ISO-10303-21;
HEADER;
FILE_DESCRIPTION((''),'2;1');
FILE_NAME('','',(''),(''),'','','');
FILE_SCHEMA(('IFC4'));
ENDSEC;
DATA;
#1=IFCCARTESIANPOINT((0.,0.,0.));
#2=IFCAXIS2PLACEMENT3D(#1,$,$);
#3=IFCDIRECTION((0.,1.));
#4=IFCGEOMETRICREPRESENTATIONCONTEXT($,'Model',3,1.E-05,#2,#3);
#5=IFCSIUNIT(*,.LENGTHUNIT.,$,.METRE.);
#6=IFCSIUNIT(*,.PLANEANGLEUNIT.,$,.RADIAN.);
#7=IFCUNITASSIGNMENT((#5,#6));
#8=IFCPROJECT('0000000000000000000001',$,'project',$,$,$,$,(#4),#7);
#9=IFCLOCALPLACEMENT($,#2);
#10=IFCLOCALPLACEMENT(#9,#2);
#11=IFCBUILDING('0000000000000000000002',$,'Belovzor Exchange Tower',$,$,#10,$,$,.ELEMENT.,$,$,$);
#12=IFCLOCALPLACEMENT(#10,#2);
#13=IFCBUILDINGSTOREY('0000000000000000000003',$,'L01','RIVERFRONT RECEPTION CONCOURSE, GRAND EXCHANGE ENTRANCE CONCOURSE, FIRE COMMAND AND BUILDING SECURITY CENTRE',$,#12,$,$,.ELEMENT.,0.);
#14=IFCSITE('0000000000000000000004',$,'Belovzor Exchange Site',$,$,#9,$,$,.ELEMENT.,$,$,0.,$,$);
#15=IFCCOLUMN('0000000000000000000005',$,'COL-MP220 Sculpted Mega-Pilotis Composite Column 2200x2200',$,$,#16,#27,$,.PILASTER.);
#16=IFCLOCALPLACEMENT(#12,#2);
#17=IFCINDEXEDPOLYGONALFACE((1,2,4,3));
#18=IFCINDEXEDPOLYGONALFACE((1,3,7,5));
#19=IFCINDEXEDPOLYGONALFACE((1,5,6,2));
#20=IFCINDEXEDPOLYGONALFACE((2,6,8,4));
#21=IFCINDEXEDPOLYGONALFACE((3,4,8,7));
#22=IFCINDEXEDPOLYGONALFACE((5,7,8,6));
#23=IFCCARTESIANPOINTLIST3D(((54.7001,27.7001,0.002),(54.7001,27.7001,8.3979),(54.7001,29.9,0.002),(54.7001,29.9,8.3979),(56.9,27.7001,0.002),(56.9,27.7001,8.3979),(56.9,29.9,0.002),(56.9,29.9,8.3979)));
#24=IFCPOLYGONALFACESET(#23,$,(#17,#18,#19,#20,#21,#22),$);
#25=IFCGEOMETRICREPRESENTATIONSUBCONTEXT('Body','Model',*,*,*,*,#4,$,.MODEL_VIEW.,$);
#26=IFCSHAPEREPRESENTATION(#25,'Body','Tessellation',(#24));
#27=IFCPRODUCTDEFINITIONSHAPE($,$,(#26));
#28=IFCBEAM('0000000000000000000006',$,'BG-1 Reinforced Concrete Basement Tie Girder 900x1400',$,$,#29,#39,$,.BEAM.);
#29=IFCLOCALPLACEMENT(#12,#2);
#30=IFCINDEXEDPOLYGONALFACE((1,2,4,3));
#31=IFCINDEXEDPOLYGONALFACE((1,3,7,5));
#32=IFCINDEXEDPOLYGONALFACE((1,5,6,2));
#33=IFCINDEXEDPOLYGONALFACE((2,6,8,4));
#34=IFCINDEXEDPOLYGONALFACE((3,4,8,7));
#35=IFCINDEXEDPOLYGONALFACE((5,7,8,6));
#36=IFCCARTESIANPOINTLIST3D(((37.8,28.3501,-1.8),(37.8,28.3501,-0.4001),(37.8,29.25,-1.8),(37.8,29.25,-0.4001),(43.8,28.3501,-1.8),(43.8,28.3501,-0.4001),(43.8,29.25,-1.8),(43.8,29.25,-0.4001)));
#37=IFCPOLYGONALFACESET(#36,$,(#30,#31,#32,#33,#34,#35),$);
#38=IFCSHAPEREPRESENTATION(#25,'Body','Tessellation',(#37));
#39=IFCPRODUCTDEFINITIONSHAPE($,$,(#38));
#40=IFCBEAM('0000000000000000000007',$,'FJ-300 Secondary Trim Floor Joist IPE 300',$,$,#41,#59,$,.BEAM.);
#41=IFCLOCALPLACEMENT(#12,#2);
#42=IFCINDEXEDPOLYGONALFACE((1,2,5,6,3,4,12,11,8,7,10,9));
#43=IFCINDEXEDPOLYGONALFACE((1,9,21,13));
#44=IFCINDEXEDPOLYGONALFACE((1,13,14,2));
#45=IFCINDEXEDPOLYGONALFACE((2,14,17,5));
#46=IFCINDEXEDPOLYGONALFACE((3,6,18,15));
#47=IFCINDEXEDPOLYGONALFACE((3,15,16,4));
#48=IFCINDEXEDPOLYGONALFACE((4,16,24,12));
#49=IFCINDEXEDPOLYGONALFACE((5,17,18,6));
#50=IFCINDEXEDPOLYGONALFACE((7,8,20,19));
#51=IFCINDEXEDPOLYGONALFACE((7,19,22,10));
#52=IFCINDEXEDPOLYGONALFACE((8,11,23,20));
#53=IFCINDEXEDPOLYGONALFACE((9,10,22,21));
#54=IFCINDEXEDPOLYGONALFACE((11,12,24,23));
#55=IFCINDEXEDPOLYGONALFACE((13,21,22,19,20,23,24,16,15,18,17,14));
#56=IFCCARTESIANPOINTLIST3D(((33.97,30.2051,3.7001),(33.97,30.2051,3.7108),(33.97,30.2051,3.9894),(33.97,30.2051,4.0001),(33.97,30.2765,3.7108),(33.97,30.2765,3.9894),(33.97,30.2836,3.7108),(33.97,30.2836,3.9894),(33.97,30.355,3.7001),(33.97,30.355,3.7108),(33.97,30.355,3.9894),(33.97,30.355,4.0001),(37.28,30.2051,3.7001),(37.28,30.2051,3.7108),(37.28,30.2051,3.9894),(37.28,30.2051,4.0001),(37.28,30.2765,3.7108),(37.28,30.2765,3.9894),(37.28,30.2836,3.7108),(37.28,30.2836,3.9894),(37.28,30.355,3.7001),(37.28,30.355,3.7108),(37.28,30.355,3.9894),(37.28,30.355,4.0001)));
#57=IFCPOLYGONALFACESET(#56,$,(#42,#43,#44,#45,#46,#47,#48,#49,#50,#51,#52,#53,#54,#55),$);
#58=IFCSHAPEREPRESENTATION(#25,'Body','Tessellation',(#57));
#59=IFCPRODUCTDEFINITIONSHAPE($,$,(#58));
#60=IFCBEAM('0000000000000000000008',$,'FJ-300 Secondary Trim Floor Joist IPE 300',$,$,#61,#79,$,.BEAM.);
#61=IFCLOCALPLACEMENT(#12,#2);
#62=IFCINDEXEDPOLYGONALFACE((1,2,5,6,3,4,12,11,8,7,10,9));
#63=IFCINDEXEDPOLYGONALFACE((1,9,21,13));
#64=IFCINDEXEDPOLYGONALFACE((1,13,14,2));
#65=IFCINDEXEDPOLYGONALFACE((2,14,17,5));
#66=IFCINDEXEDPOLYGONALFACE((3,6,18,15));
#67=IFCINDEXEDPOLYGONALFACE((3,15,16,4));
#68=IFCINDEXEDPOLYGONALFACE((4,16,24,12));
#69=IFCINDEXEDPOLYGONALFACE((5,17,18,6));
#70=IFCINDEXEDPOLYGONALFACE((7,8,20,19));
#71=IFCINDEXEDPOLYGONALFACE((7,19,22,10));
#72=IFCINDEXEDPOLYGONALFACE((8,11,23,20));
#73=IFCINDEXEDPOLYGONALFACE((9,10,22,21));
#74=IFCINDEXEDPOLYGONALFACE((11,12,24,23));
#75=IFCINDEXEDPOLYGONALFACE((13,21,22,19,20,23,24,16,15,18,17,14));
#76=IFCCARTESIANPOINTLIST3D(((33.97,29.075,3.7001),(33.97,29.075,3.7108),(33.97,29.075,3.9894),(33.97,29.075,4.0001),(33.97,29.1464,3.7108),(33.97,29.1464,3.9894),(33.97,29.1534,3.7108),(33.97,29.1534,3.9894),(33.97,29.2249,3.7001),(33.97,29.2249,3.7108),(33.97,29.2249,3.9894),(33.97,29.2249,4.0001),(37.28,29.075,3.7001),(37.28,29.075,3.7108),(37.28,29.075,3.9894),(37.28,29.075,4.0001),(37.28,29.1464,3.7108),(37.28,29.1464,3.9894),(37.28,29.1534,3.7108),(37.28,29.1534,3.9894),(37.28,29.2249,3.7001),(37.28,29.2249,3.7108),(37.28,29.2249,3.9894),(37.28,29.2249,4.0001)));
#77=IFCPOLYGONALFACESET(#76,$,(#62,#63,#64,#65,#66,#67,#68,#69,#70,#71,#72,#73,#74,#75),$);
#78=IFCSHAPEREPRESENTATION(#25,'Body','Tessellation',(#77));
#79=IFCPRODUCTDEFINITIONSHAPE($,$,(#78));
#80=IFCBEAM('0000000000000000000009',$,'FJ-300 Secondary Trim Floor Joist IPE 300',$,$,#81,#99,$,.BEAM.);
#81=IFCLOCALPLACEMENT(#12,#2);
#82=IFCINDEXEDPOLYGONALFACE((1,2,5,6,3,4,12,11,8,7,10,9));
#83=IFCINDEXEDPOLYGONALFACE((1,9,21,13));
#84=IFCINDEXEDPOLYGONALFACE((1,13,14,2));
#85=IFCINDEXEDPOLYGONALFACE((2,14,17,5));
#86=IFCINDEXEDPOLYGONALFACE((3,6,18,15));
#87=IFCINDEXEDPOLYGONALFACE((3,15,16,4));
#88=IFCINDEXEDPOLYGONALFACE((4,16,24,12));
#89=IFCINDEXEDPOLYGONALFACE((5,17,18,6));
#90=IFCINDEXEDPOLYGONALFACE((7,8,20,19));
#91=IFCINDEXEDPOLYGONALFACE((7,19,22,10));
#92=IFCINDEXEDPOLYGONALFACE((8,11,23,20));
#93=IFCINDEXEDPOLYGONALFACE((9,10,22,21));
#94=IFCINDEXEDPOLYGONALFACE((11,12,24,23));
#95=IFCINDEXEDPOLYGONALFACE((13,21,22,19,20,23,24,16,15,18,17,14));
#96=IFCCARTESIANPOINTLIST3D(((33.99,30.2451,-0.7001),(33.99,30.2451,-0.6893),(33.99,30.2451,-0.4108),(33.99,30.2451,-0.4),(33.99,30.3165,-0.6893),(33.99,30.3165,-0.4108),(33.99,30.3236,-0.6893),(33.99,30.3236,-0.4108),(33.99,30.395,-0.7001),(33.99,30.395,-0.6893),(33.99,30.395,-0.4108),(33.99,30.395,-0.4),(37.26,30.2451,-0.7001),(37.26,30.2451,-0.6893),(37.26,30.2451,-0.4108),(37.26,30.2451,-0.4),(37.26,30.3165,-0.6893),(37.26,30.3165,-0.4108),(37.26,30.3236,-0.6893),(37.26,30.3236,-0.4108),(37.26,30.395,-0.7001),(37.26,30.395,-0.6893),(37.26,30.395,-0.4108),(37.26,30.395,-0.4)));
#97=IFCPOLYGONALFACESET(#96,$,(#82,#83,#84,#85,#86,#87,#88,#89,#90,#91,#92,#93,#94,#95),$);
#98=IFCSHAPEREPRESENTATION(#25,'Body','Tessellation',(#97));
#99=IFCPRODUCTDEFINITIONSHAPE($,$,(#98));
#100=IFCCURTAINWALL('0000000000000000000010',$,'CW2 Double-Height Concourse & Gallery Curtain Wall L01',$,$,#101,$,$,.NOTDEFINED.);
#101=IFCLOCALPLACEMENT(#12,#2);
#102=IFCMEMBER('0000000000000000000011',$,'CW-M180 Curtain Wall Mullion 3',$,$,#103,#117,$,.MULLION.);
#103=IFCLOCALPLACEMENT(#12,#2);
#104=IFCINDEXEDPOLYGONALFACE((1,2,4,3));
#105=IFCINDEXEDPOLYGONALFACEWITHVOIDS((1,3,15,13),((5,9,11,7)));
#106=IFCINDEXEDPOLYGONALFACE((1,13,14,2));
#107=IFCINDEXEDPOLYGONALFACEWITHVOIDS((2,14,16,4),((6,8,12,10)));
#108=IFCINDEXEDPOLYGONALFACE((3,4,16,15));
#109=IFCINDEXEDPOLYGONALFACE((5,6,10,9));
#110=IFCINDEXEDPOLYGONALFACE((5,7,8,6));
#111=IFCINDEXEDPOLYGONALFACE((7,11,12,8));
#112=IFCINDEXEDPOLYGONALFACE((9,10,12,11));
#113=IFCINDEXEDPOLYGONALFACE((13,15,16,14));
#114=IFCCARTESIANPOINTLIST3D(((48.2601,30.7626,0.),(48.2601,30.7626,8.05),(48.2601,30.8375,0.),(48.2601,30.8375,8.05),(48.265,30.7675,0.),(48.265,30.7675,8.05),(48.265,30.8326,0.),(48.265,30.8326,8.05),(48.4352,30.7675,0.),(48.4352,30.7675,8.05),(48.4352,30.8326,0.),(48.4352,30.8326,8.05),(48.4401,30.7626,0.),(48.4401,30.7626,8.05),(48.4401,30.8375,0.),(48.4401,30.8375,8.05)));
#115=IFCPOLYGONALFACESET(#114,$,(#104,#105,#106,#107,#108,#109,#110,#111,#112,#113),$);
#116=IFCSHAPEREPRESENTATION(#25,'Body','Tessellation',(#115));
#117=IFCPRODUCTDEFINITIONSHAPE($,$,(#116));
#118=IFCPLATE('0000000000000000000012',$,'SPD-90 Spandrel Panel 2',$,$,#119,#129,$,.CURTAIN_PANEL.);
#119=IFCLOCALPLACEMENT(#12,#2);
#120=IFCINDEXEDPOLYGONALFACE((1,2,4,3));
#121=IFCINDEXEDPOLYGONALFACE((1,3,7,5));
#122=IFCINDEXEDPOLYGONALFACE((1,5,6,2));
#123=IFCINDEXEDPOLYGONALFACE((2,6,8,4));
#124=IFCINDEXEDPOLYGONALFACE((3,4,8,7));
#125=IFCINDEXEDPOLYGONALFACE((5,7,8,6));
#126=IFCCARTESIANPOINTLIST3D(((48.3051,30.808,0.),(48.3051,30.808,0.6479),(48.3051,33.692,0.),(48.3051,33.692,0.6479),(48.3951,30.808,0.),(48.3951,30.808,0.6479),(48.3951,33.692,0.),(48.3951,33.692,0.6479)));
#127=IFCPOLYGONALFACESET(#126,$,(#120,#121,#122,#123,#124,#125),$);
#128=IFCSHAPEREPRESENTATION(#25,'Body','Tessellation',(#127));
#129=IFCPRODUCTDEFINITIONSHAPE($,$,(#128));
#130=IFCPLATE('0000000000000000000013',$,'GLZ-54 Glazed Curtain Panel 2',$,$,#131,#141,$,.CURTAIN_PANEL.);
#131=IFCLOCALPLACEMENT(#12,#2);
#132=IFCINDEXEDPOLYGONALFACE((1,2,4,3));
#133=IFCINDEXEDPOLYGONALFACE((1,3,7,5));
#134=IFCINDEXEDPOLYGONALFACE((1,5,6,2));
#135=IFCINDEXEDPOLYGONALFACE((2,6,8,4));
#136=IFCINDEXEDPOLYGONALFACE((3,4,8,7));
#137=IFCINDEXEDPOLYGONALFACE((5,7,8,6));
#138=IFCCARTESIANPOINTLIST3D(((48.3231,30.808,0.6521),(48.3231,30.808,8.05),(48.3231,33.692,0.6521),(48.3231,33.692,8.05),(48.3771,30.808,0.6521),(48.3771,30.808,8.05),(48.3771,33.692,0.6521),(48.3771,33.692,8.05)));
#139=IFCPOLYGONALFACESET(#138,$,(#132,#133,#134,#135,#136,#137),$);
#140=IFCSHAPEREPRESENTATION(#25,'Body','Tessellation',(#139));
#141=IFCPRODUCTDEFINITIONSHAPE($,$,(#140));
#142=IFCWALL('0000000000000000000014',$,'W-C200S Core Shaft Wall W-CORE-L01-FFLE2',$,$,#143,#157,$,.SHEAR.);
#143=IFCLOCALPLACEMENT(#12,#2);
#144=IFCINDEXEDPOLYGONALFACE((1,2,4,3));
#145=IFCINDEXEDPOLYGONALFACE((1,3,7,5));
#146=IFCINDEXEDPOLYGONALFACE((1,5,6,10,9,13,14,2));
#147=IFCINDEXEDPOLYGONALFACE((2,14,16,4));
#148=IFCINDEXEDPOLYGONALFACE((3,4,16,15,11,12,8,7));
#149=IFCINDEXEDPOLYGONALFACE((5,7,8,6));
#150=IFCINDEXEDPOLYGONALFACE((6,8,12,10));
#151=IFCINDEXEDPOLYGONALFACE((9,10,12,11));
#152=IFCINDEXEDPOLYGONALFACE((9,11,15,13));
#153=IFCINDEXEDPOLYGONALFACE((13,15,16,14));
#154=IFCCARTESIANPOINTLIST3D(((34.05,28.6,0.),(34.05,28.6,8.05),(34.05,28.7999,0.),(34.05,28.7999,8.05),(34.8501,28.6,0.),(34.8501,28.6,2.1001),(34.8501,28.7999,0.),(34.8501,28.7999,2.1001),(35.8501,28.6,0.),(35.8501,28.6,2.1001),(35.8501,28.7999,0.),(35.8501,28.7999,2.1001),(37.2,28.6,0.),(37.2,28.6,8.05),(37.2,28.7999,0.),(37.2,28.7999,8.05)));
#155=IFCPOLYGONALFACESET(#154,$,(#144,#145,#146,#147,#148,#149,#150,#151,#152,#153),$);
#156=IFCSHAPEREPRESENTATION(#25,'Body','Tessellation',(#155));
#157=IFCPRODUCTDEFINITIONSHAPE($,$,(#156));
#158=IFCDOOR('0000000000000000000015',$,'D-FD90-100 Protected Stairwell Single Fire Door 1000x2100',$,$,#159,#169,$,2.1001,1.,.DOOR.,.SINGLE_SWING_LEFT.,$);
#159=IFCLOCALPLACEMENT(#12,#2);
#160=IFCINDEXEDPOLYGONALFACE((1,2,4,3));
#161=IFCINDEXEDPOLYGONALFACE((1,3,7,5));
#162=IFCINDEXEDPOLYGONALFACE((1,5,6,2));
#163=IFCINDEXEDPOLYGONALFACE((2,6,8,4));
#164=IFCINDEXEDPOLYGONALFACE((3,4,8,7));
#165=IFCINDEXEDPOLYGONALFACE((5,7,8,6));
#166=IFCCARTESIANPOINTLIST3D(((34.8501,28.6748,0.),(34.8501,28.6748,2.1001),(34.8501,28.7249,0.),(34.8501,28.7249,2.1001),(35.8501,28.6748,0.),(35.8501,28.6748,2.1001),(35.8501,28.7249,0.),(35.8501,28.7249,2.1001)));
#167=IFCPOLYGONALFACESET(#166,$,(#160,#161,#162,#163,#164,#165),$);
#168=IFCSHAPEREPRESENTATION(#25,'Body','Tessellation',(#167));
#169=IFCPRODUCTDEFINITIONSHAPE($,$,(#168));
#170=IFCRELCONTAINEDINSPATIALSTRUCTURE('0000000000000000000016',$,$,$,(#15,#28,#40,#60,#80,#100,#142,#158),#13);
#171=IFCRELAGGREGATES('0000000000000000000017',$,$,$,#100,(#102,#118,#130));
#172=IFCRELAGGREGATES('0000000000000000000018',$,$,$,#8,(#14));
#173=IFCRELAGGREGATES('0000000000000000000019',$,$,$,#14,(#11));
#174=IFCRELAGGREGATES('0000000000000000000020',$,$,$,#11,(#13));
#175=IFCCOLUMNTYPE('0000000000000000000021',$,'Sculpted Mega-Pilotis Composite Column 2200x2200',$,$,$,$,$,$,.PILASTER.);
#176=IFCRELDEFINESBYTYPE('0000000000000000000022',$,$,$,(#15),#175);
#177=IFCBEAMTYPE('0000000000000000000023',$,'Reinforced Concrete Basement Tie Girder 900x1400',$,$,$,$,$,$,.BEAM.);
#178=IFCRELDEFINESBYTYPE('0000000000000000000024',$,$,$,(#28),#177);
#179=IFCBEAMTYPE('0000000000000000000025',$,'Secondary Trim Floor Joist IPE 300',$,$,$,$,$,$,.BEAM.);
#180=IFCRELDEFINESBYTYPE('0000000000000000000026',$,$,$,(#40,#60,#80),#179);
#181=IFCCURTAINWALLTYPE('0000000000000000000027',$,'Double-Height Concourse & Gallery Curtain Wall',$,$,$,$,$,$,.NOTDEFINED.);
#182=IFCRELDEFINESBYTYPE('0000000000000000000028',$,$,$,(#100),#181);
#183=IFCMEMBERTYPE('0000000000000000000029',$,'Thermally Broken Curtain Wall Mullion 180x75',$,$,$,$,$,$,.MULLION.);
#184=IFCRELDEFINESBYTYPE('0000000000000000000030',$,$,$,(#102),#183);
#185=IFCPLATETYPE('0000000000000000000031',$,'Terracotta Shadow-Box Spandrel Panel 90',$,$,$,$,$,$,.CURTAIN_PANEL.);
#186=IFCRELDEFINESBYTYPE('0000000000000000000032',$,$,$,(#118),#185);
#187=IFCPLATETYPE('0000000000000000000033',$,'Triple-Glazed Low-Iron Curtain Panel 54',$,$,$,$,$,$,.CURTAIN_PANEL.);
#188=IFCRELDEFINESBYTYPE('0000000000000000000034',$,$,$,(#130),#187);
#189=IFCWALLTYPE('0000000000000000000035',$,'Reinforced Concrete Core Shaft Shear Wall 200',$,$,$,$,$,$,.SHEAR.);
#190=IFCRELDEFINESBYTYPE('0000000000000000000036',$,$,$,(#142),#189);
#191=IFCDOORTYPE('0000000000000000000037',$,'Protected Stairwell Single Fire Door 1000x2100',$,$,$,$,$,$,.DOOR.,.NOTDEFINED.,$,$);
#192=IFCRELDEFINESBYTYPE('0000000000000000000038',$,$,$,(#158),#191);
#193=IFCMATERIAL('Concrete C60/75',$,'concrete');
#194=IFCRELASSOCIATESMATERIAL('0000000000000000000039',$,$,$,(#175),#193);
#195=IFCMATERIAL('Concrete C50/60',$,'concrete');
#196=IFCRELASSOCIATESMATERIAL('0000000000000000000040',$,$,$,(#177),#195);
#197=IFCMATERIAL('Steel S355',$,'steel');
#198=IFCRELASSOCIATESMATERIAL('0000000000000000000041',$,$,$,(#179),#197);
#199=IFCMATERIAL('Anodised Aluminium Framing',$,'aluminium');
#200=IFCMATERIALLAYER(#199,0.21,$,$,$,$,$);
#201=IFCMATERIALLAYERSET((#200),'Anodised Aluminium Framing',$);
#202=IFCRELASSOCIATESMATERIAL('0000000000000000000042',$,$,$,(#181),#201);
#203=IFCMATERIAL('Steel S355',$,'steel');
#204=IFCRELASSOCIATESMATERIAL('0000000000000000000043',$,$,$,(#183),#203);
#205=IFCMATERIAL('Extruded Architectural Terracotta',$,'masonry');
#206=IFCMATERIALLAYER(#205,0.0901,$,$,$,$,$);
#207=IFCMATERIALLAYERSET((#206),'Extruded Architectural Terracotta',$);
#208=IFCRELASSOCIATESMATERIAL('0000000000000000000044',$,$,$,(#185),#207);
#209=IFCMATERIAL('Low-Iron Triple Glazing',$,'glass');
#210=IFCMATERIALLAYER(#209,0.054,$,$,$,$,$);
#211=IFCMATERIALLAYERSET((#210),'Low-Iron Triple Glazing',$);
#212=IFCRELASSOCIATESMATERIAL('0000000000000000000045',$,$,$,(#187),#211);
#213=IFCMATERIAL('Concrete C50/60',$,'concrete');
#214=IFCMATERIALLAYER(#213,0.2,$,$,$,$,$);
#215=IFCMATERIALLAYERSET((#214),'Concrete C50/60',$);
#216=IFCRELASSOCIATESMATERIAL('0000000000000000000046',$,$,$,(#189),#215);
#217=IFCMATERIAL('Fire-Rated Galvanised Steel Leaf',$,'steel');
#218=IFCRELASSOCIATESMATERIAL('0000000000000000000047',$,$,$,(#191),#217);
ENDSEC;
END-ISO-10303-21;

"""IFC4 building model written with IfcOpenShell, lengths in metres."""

from ifc_helpers import new_model, si_unit, direction, frame, frame_2d, origin, origin_2d, place, context, subcontext, project, spatial, rectangle, hollow_rectangle, i_section, extrude, material, layer, layer_set, material_profile, profile_set, type_object, element, fill, aggregate, save


model = new_model("IFC4")

# Units and contexts
model_context = context("Model", 3, precision=1e-05, world=origin(), true_north=direction((0.0, 1.0)))
body_context = subcontext(model_context, "Body", "Model", "MODEL_VIEW")
ifc_project = project(units=[si_unit("LENGTHUNIT", "METRE"), si_unit("PLANEANGLEUNIT", "RADIAN")], contexts=[model_context])

# Site, building, storey
site_placement = place(None, origin())
site = spatial("IfcSite", under=ifc_project, at=site_placement, Name="Belovzor Exchange Site", CompositionType="ELEMENT", RefElevation=0.0)
building_placement = place(site_placement, origin())
building = spatial("IfcBuilding", under=site, at=building_placement, Name="Belovzor Exchange Tower", CompositionType="ELEMENT")
storey_placement = place(building_placement, origin())
storey = spatial("IfcBuildingStorey", under=building, at=storey_placement, Name="L01", Description="RIVERFRONT RECEPTION CONCOURSE, GRAND EXCHANGE ENTRANCE CONCOURSE, FIRE COMMAND AND BUILDING SECURITY CENTRE", CompositionType="ELEMENT", Elevation=0.0)

# Column
ifc_material_1 = material(Name="Concrete C60/75", Category="concrete")
ifc_material_profile_1 = material_profile(ifc_material_1, rectangle(XDim=2.2, YDim=2.2, at=origin_2d()))
ifc_profile_set_1 = profile_set([ifc_material_profile_1], Name="Concrete C60/75")
column_type = type_object("IfcColumnType", Name="Sculpted Mega-Pilotis Composite Column 2200x2200", PredefinedType="PILASTER", material=ifc_profile_set_1)
column_placement = place(storey_placement, frame((55.8, 28.8, 0.002), z_axis=(0.0, 0.0, 1.0), x_axis=(1.0, 0.0, 0.0)))
element("IfcColumn", 1, at=column_placement, inside=storey, type_object=column_type, Name="COL-MP220 Sculpted Mega-Pilotis Composite Column 2200x2200", PredefinedType="PILASTER", context=body_context, shape_type="SweptSolid", body=[
    extrude(rectangle(XDim=2.2, YDim=2.2, at=origin_2d()), origin(), (0.0, 0.0, 1.0), 8.396),
])

# Beams
ifc_material_2 = material(Name="Concrete C50/60", Category="concrete")
ifc_material_profile_2 = material_profile(ifc_material_2, rectangle(XDim=0.8999, YDim=1.3999, at=origin_2d()))
ifc_profile_set_2 = profile_set([ifc_material_profile_2], Name="Concrete C50/60")
beam_type_1 = type_object("IfcBeamType", Name="Reinforced Concrete Basement Tie Girder 900x1400", PredefinedType="BEAM", material=ifc_profile_set_2)
beam_1_placement = place(storey_placement, frame((43.8, 28.8, -1.1001), z_axis=(-1.0, 0.0, 0.0), x_axis=(0.0, -1.0, 0.0)))
element("IfcBeam", 2, at=beam_1_placement, inside=storey, type_object=beam_type_1, Name="BG-1 Reinforced Concrete Basement Tie Girder 900x1400", PredefinedType="BEAM", context=body_context, shape_type="SweptSolid", body=[
    extrude(rectangle(XDim=0.8999, YDim=1.3999, at=origin_2d()), origin(), (0.0, 0.0, 1.0), 6.0),
])
ifc_material_3 = material(Name="Steel S355", Category="steel")
ifc_material_profile_3 = material_profile(ifc_material_3, i_section(OverallWidth=0.1499, OverallDepth=0.3, WebThickness=0.0071, FlangeThickness=0.0107, at=origin_2d()))
ifc_profile_set_3 = profile_set([ifc_material_profile_3], Name="Steel S355")
beam_type_2 = type_object("IfcBeamType", Name="Secondary Trim Floor Joist IPE 300", PredefinedType="BEAM", material=ifc_profile_set_3)
for number, where, z_axis, x_axis, name in (
    (3, (37.28, 30.28, 3.8501), (-1.0, 0.0, 0.0), (0.0, -1.0, 0.0), "FJ-300 Secondary Trim Floor Joist IPE 300"),
    (4, (37.28, 29.1499, 3.8501), (-1.0, 0.0, 0.0), (0.0, -1.0, 0.0), "FJ-300 Secondary Trim Floor Joist IPE 300"),
):
    element("IfcBeam", number, at=place(storey_placement, frame(where, z_axis=z_axis, x_axis=x_axis)), inside=storey, type_object=beam_type_2, Name=name, PredefinedType="BEAM", context=body_context, shape_type="SweptSolid", body=[
        extrude(i_section(OverallWidth=0.1499, OverallDepth=0.3, WebThickness=0.0071, FlangeThickness=0.0107, at=origin_2d()), origin(), (0.0, 0.0, 1.0), 3.3101),
    ])
beam_2_placement = place(storey_placement, frame((37.26, 30.3201, -0.55), z_axis=(-1.0, 0.0, 0.0), x_axis=(0.0, -1.0, 0.0)))
element("IfcBeam", 5, at=beam_2_placement, inside=storey, type_object=beam_type_2, Name="FJ-300 Secondary Trim Floor Joist IPE 300", PredefinedType="BEAM", context=body_context, shape_type="SweptSolid", body=[
    extrude(i_section(OverallWidth=0.1499, OverallDepth=0.3, WebThickness=0.0071, FlangeThickness=0.0107, at=origin_2d()), origin(), (0.0, 0.0, 1.0), 3.27),
])

# Curtain wall, member, plates
ifc_material_4 = material(Name="Anodised Aluminium Framing", Category="aluminium")
ifc_layer_1 = layer(ifc_material_4, 0.21)
ifc_layer_set_1 = layer_set([ifc_layer_1], Name="Anodised Aluminium Framing")
curtain_wall_type = type_object("IfcCurtainWallType", Name="Double-Height Concourse & Gallery Curtain Wall", PredefinedType="NOTDEFINED", material=ifc_layer_set_1)
curtain_wall_placement = place(storey_placement, origin())
curtain_wall = element("IfcCurtainWall", 6, at=curtain_wall_placement, inside=storey, type_object=curtain_wall_type, Name="CW2 Double-Height Concourse & Gallery Curtain Wall L01", PredefinedType="NOTDEFINED")
ifc_material_5 = material(Name="Steel S355", Category="steel")
ifc_material_profile_4 = material_profile(ifc_material_5, hollow_rectangle(XDim=0.075, YDim=0.1799, WallThickness=0.0049, at=origin_2d()))
ifc_profile_set_4 = profile_set([ifc_material_profile_4], Name="Steel S355")
member_type = type_object("IfcMemberType", Name="Thermally Broken Curtain Wall Mullion 180x75", PredefinedType="MULLION", material=ifc_profile_set_4)
member_placement = place(storey_placement, frame((48.3501, 30.8, 0.0), z_axis=(0.0, 0.0, 1.0), x_axis=(0.0, -1.0, 0.0)))
member = element("IfcMember", 7, at=member_placement, type_object=member_type, Name="CW-M180 Curtain Wall Mullion 3", PredefinedType="MULLION", context=body_context, shape_type="SweptSolid", body=[
    extrude(hollow_rectangle(XDim=0.075, YDim=0.1799, WallThickness=0.0049, at=origin_2d()), origin(), (0.0, 0.0, 1.0), 8.05),
])
ifc_material_6 = material(Name="Extruded Architectural Terracotta", Category="masonry")
ifc_layer_2 = layer(ifc_material_6, 0.0901)
ifc_layer_set_2 = layer_set([ifc_layer_2], Name="Extruded Architectural Terracotta")
plate_type_1 = type_object("IfcPlateType", Name="Terracotta Shadow-Box Spandrel Panel 90", PredefinedType="CURTAIN_PANEL", material=ifc_layer_set_2)
plate_1_placement = place(storey_placement, frame((48.3501, 32.25, 0.0), z_axis=(0.0, 0.0, 1.0), x_axis=(0.0, -1.0, 0.0)))
plate_1 = element("IfcPlate", 8, at=plate_1_placement, type_object=plate_type_1, Name="SPD-90 Spandrel Panel 2", PredefinedType="CURTAIN_PANEL", context=body_context, shape_type="SweptSolid", body=[
    extrude(rectangle(XDim=2.884, YDim=0.0901, at=origin_2d()), origin(), (0.0, 0.0, 1.0), 0.6479),
])
ifc_material_7 = material(Name="Low-Iron Triple Glazing", Category="glass")
ifc_layer_3 = layer(ifc_material_7, 0.054)
ifc_layer_set_3 = layer_set([ifc_layer_3], Name="Low-Iron Triple Glazing")
plate_type_2 = type_object("IfcPlateType", Name="Triple-Glazed Low-Iron Curtain Panel 54", PredefinedType="CURTAIN_PANEL", material=ifc_layer_set_3)
plate_2_placement = place(storey_placement, frame((48.3501, 32.25, 0.6521), z_axis=(0.0, 0.0, 1.0), x_axis=(0.0, -1.0, 0.0)))
plate_2 = element("IfcPlate", 9, at=plate_2_placement, type_object=plate_type_2, Name="GLZ-54 Glazed Curtain Panel 2", PredefinedType="CURTAIN_PANEL", context=body_context, shape_type="SweptSolid", body=[
    extrude(rectangle(XDim=2.884, YDim=0.054, at=origin_2d()), origin(), (0.0, 0.0, 1.0), 7.3979),
])
aggregate(curtain_wall, [member, plate_1, plate_2])

# Wall, opening, door
ifc_material_8 = material(Name="Concrete C50/60", Category="concrete")
ifc_layer_4 = layer(ifc_material_8, 0.2)
ifc_layer_set_4 = layer_set([ifc_layer_4], Name="Concrete C50/60")
wall_type = type_object("IfcWallType", Name="Reinforced Concrete Core Shaft Shear Wall 200", PredefinedType="SHEAR", material=ifc_layer_set_4)
wall_placement = place(storey_placement, frame((34.05, 28.7, 0.0), z_axis=(0.0, 0.0, 1.0), x_axis=(1.0, 0.0, 0.0)))
wall = element("IfcWall", 10, at=wall_placement, inside=storey, type_object=wall_type, Name="W-C200S Core Shaft Wall W-CORE-L01-FFLE2", PredefinedType="SHEAR", context=body_context, shape_type="SweptSolid", body=[
    extrude(rectangle(XDim=3.1499, YDim=0.2, at=frame_2d((1.575, 0.0))), origin(), (0.0, 0.0, 1.0), 8.05),
])
opening_placement = place(wall_placement, frame((0.8, 0.0, 0.0)))
opening = element("IfcOpeningElement", 11, at=opening_placement, cuts=wall, PredefinedType="OPENING", context=body_context, shape_type="SweptSolid", body=[
    extrude(rectangle(XDim=1.0, YDim=2.1001, at=frame_2d((0.5, 1.05))), frame((0.0, 0.1099, 0.0), z_axis=(0.0, -1.0, 0.0), x_axis=(1.0, 0.0, 0.0)), (0.0, 0.0, 1.0), 0.22),
])
ifc_material_9 = material(Name="Fire-Rated Galvanised Steel Leaf", Category="steel")
door_type = type_object("IfcDoorType", Name="Protected Stairwell Single Fire Door 1000x2100", OperationType="NOTDEFINED", PredefinedType="DOOR", material=ifc_material_9)
door_placement = place(opening_placement, origin())
door = element("IfcDoor", 12, at=door_placement, inside=storey, type_object=door_type, Name="D-FD90-100 Protected Stairwell Single Fire Door 1000x2100", OperationType="SINGLE_SWING_LEFT", OverallHeight=2.1001, OverallWidth=1.0, PredefinedType="DOOR", context=body_context, shape_type="SweptSolid", body=[
    extrude(rectangle(XDim=1.0, YDim=2.1001, at=frame_2d((0.5, 1.05))), frame((0.0, 0.0249, 0.0), z_axis=(0.0, -1.0, 0.0), x_axis=(1.0, 0.0, 0.0)), (0.0, 0.0, 1.0), 0.05),
])
fill(opening, door)

save(model, "model.ifc")
